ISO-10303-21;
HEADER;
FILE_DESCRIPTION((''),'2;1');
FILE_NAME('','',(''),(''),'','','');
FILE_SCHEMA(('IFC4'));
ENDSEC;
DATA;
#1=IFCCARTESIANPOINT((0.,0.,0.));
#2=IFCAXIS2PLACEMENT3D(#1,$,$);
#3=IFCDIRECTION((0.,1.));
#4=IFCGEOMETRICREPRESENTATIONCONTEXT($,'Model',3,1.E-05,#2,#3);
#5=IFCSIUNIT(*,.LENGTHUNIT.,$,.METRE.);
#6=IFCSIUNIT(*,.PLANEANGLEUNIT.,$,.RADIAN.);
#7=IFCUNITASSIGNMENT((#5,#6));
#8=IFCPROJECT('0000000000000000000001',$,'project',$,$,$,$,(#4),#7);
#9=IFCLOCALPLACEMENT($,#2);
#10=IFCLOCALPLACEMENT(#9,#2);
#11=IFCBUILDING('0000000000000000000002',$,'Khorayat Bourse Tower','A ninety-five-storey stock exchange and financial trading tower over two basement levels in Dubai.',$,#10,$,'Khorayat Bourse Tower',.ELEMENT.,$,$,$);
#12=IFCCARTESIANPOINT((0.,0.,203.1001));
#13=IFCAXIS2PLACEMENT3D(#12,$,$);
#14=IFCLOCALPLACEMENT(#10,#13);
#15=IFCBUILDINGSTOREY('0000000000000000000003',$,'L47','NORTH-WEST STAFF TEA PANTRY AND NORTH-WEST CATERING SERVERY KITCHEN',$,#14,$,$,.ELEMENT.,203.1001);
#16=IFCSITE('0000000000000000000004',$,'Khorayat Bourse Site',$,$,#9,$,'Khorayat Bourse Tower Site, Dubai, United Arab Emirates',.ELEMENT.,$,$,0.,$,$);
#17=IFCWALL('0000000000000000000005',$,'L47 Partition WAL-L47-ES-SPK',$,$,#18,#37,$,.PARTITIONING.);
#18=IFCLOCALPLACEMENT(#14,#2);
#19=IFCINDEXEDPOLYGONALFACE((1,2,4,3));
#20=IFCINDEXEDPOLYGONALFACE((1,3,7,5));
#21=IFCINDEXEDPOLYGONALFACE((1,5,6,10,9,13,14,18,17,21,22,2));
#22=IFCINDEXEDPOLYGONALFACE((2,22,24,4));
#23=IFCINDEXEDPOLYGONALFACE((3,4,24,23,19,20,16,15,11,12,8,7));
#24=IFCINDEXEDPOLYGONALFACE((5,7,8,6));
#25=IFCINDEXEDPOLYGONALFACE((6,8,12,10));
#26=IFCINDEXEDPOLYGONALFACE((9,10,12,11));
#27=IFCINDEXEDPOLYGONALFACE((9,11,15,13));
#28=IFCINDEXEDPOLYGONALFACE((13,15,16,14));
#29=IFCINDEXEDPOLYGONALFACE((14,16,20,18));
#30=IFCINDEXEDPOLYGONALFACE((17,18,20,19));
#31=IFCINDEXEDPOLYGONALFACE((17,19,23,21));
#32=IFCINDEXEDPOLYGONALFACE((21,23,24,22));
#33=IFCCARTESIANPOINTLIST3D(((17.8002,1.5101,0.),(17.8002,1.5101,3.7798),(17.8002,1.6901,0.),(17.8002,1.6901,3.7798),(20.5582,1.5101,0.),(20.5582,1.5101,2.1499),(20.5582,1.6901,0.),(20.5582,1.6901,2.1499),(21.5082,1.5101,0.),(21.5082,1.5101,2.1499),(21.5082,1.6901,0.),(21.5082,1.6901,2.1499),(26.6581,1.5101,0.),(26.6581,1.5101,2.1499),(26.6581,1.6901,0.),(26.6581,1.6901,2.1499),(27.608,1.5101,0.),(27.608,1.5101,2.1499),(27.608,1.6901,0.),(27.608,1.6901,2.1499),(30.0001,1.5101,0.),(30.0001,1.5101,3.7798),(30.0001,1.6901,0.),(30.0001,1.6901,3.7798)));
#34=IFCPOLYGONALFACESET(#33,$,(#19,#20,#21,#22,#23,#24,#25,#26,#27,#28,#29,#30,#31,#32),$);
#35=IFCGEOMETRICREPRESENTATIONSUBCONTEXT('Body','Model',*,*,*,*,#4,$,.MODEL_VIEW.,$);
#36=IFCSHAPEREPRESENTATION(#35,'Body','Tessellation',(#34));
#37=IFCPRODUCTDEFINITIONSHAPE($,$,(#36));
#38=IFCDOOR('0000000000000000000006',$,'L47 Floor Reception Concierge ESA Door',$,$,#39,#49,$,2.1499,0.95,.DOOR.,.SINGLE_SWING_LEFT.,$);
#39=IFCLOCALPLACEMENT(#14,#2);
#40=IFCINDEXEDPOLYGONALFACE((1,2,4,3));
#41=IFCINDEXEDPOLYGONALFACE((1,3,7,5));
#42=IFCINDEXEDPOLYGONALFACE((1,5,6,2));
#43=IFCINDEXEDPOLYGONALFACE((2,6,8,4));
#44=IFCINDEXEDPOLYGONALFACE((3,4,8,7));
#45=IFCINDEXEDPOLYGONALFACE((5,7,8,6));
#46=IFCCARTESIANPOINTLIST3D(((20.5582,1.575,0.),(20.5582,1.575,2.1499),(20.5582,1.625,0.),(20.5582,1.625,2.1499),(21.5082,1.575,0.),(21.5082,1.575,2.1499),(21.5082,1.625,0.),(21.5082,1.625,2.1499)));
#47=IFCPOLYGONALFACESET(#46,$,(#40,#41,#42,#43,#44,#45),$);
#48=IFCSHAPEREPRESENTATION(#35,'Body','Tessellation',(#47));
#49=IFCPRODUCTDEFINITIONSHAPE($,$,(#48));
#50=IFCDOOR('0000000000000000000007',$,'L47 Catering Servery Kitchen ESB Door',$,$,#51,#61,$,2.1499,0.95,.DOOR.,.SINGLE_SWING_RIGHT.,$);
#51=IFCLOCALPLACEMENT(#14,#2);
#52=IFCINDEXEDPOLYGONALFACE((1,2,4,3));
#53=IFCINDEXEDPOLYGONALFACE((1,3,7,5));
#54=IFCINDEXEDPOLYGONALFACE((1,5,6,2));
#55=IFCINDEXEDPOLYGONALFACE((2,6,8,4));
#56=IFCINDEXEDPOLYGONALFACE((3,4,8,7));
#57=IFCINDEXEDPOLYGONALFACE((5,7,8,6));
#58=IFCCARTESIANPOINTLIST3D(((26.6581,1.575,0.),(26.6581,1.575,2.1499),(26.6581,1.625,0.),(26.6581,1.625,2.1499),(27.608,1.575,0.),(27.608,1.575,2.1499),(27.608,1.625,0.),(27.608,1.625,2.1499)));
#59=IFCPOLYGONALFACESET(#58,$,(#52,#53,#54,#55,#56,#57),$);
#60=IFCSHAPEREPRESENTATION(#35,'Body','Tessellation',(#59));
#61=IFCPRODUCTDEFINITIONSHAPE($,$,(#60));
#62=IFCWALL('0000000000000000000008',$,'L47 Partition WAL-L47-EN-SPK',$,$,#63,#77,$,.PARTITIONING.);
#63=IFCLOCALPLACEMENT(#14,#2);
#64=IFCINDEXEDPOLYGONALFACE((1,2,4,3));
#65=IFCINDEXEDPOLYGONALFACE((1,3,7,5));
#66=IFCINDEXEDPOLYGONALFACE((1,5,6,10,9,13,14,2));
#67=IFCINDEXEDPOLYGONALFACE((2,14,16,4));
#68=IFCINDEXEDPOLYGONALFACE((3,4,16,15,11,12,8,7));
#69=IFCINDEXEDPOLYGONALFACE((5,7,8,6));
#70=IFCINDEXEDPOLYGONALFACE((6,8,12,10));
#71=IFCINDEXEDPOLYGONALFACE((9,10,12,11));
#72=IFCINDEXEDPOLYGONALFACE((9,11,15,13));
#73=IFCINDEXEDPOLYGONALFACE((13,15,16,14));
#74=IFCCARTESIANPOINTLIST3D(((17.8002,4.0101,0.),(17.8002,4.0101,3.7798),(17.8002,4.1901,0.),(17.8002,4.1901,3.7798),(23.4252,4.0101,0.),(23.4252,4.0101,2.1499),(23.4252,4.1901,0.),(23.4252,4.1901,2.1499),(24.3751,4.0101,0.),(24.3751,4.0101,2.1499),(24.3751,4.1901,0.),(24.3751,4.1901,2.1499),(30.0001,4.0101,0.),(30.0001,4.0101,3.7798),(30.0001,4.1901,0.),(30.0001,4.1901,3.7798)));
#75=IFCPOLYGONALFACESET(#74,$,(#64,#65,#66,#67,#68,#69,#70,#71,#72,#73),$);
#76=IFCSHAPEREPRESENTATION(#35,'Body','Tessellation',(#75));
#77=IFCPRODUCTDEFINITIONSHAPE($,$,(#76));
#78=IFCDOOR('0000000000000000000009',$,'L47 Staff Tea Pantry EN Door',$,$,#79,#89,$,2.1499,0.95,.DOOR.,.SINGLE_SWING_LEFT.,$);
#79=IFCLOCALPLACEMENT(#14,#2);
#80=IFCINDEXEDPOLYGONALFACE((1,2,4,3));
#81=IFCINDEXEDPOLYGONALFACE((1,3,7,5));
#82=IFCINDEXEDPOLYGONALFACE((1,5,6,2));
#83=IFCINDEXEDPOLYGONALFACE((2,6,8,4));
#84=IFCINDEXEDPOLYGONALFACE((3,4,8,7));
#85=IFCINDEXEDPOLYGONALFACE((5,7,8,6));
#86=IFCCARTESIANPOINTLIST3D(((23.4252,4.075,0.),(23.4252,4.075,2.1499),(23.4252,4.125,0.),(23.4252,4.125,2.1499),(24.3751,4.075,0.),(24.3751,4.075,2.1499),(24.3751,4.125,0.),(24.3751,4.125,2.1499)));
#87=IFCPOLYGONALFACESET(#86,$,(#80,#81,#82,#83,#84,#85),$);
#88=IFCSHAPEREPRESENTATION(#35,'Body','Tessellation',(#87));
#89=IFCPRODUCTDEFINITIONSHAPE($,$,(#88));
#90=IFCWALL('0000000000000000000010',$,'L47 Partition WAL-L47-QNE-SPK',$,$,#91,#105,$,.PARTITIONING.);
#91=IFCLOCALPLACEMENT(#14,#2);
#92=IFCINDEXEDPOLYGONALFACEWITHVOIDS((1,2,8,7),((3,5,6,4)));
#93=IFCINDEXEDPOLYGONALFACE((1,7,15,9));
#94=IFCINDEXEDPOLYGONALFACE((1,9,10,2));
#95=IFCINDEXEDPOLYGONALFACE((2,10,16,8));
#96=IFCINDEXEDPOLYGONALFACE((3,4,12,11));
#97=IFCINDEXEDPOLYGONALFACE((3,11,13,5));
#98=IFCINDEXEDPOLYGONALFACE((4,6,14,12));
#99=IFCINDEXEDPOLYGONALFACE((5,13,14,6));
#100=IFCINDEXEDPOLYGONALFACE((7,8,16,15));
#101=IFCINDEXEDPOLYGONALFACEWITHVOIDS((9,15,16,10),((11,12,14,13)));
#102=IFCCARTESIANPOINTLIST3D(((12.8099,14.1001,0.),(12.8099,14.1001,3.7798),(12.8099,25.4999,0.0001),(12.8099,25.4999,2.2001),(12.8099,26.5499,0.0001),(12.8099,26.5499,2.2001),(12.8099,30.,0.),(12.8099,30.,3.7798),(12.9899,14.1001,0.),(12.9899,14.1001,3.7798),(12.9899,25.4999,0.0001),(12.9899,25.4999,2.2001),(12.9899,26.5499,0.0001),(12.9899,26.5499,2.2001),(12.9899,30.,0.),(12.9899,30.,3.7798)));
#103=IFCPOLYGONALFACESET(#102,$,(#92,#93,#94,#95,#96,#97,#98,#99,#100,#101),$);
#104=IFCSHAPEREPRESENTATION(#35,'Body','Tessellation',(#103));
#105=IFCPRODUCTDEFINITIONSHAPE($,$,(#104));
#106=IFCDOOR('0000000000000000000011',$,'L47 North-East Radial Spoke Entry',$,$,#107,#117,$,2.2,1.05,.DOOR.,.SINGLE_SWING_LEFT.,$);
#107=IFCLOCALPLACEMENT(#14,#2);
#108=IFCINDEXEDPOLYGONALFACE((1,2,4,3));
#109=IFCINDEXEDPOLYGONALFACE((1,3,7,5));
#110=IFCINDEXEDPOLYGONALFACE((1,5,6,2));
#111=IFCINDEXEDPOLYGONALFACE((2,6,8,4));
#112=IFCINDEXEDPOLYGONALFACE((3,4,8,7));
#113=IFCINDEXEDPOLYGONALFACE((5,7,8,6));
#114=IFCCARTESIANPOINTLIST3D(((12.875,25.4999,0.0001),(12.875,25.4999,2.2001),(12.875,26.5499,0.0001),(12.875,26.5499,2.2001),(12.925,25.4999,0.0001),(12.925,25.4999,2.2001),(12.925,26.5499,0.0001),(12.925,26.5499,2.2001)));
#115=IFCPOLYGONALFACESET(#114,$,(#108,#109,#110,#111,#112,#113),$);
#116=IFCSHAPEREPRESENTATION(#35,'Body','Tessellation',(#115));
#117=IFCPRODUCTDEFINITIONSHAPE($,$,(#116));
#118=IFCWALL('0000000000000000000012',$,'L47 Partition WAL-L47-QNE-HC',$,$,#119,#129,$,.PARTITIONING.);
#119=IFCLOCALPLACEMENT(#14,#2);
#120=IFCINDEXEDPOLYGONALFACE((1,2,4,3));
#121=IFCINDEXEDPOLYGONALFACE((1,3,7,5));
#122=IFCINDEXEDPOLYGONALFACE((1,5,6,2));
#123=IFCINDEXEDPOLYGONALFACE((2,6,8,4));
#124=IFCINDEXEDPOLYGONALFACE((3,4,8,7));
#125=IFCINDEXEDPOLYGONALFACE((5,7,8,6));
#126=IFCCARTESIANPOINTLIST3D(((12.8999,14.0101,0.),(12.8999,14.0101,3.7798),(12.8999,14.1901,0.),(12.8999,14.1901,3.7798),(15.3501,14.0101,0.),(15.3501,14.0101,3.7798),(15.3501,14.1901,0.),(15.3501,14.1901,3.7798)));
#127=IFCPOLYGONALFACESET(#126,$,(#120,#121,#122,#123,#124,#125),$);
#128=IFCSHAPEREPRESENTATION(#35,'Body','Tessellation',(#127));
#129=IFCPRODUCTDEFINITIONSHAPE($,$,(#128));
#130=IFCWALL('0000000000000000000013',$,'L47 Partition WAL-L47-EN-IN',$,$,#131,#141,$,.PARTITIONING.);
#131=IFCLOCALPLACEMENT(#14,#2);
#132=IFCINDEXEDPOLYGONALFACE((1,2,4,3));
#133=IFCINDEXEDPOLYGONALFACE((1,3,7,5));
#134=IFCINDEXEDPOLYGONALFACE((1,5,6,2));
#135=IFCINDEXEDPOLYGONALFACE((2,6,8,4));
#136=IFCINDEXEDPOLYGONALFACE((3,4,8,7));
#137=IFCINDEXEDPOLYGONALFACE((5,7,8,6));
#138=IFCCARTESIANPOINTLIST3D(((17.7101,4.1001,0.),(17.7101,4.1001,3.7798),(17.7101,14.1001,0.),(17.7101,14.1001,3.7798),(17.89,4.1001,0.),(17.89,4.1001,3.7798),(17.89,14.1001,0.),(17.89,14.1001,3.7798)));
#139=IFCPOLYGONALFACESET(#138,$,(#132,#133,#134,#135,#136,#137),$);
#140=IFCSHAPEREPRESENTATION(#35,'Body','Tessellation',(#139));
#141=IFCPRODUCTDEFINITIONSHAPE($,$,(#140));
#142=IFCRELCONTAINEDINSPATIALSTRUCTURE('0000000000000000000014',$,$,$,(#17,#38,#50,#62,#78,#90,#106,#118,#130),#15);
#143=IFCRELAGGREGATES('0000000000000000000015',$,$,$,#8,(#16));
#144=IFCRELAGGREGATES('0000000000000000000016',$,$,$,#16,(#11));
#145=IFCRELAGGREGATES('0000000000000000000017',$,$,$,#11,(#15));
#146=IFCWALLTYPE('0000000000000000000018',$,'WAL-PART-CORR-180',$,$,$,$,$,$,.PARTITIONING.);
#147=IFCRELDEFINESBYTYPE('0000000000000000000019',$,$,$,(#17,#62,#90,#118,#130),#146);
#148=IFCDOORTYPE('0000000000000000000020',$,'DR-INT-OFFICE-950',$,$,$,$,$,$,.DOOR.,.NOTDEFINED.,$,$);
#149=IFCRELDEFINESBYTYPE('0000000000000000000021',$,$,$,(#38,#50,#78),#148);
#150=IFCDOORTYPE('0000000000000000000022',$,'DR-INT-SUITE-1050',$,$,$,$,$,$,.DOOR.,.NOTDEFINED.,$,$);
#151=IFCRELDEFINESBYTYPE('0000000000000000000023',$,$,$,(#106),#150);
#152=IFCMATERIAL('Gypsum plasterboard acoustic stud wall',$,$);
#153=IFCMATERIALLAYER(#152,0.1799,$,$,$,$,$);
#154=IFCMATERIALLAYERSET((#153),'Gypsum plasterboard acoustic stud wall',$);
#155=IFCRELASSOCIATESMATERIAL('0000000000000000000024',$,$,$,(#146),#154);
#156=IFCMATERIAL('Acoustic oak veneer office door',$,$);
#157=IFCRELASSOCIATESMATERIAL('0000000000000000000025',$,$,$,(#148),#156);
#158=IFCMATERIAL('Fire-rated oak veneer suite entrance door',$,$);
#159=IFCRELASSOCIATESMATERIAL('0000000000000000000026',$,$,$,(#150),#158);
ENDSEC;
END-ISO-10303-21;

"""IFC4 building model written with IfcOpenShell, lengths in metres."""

from ifc_helpers import new_model, si_unit, direction, frame, frame_2d, origin, place, context, subcontext, project, spatial, rectangle, extrude, source, transform, mapped, material, layer, layer_set, type_object, element, fill, save


model = new_model("IFC4")

# Units and contexts
model_context = context("Model", 3, precision=1e-05, world=origin(), true_north=direction((0.0, 1.0)))
body_context = subcontext(model_context, "Body", "Model", "MODEL_VIEW")
ifc_project = project(units=[si_unit("LENGTHUNIT", "METRE"), si_unit("PLANEANGLEUNIT", "RADIAN")], contexts=[model_context])

# Site, building, storey
site_placement = place(None, origin())
site = spatial("IfcSite", under=ifc_project, at=site_placement, Name="Khorayat Bourse Site", LongName="Khorayat Bourse Tower Site, Dubai, United Arab Emirates", CompositionType="ELEMENT", RefElevation=0.0)
building_placement = place(site_placement, origin())
building = spatial("IfcBuilding", under=site, at=building_placement, Name="Khorayat Bourse Tower", Description="A ninety-five-storey stock exchange and financial trading tower over two basement levels in Dubai.", LongName="Khorayat Bourse Tower", CompositionType="ELEMENT")
storey_placement = place(building_placement, frame((0.0, 0.0, 203.1001)))
storey = spatial("IfcBuildingStorey", under=building, at=storey_placement, Name="L47", Description="NORTH-WEST STAFF TEA PANTRY AND NORTH-WEST CATERING SERVERY KITCHEN", CompositionType="ELEMENT", Elevation=203.1001)

# Wall, openings, doors
ifc_material_1 = material(Name="Gypsum plasterboard acoustic stud wall")
ifc_layer_1 = layer(ifc_material_1, 0.1799)
ifc_layer_set_1 = layer_set([ifc_layer_1], Name="Gypsum plasterboard acoustic stud wall")
wall_type = type_object("IfcWallType", Name="WAL-PART-CORR-180", PredefinedType="PARTITIONING", material=ifc_layer_set_1)
shared_shape_1 = source(origin(), body_context, "Body", "SweptSolid", [
    extrude(rectangle(XDim=12.2, YDim=0.1799, at=frame_2d((6.1001, 0.0))), origin(), (0.0, 0.0, 1.0), 3.7798),
])
wall_1_placement = place(storey_placement, frame((17.8, 1.6001, 0.0), z_axis=(0.0, 0.0, 1.0), x_axis=(1.0, 0.0, 0.0)))
wall_1 = element("IfcWall", 1, at=wall_1_placement, inside=storey, type_object=wall_type, Name="L47 Partition WAL-L47-ES-SPK", PredefinedType="PARTITIONING", context=body_context, shape_type="MappedRepresentation", body=[
    mapped(shared_shape_1, transform((0.0, 0.0, 0.0), scale=1.0)),
])
shared_shape_2 = source(origin(), body_context, "Body", "SweptSolid", [
    extrude(rectangle(XDim=0.95, YDim=2.1499, at=frame_2d((0.4751, 1.075))), frame((0.0, 0.0999, 0.0), z_axis=(0.0, -1.0, 0.0), x_axis=(1.0, 0.0, 0.0)), (0.0, 0.0, 1.0), 0.2),
])
opening_1_placement = place(wall_1_placement, frame((2.7581, 0.0, 0.0)))
opening_1 = element("IfcOpeningElement", 2, at=opening_1_placement, cuts=wall_1, PredefinedType="OPENING", context=body_context, shape_type="MappedRepresentation", body=[
    mapped(shared_shape_2, transform((0.0, 0.0, 0.0), scale=1.0)),
])
opening_2_placement = place(wall_1_placement, frame((8.8579, 0.0, 0.0)))
opening_2 = element("IfcOpeningElement", 3, at=opening_2_placement, cuts=wall_1, PredefinedType="OPENING", context=body_context, shape_type="MappedRepresentation", body=[
    mapped(shared_shape_2, transform((0.0, 0.0, 0.0), scale=1.0)),
])
ifc_material_2 = material(Name="Acoustic oak veneer office door")
door_type_1 = type_object("IfcDoorType", Name="DR-INT-OFFICE-950", OperationType="NOTDEFINED", PredefinedType="DOOR", material=ifc_material_2)
shared_shape_3 = source(origin(), body_context, "Body", "SweptSolid", [
    extrude(rectangle(XDim=0.95, YDim=2.1499, at=frame_2d((0.4751, 1.075))), frame((0.0, 0.0249, 0.0), z_axis=(0.0, -1.0, 0.0), x_axis=(1.0, 0.0, 0.0)), (0.0, 0.0, 1.0), 0.05),
])
door_1_placement = place(opening_1_placement, origin())
door_1 = element("IfcDoor", 4, at=door_1_placement, inside=storey, type_object=door_type_1, Name="L47 Floor Reception Concierge ESA Door", OperationType="SINGLE_SWING_LEFT", OverallHeight=2.1499, OverallWidth=0.95, PredefinedType="DOOR", context=body_context, shape_type="MappedRepresentation", body=[
    mapped(shared_shape_3, transform((0.0, 0.0, 0.0), scale=1.0)),
])
fill(opening_1, door_1)
door_2_placement = place(opening_2_placement, origin())
door_2 = element("IfcDoor", 5, at=door_2_placement, inside=storey, type_object=door_type_1, Name="L47 Catering Servery Kitchen ESB Door", OperationType="SINGLE_SWING_RIGHT", OverallHeight=2.1499, OverallWidth=0.95, PredefinedType="DOOR", context=body_context, shape_type="MappedRepresentation", body=[
    mapped(shared_shape_3, transform((0.0, 0.0, 0.0), scale=1.0)),
])
fill(opening_2, door_2)

# Walls, openings, doors
wall_2_placement = place(storey_placement, frame((17.8, 4.1001, 0.0), z_axis=(0.0, 0.0, 1.0), x_axis=(1.0, 0.0, 0.0)))
wall_2 = element("IfcWall", 6, at=wall_2_placement, inside=storey, type_object=wall_type, Name="L47 Partition WAL-L47-EN-SPK", PredefinedType="PARTITIONING", context=body_context, shape_type="MappedRepresentation", body=[
    mapped(shared_shape_1, transform((0.0, 0.0, 0.0), scale=1.0)),
])
opening_3_placement = place(wall_2_placement, frame((5.625, 0.0, 0.0)))
opening_3 = element("IfcOpeningElement", 7, at=opening_3_placement, cuts=wall_2, PredefinedType="OPENING", context=body_context, shape_type="MappedRepresentation", body=[
    mapped(shared_shape_2, transform((0.0, 0.0, 0.0), scale=1.0)),
])
door_3_placement = place(opening_3_placement, origin())
door_3 = element("IfcDoor", 8, at=door_3_placement, inside=storey, type_object=door_type_1, Name="L47 Staff Tea Pantry EN Door", OperationType="SINGLE_SWING_LEFT", OverallHeight=2.1499, OverallWidth=0.95, PredefinedType="DOOR", context=body_context, shape_type="MappedRepresentation", body=[
    mapped(shared_shape_3, transform((0.0, 0.0, 0.0), scale=1.0)),
])
fill(opening_3, door_3)
shared_shape_4 = source(origin(), body_context, "Body", "SweptSolid", [
    extrude(rectangle(XDim=15.8999, YDim=0.1799, at=frame_2d((7.95, 0.0))), origin(), (0.0, 0.0, 1.0), 3.7798),
])
wall_3_placement = place(storey_placement, frame((12.8999, 14.1001, 0.0), z_axis=(0.0, 0.0, 1.0), x_axis=(0.0, 1.0, 0.0)))
wall_3 = element("IfcWall", 9, at=wall_3_placement, inside=storey, type_object=wall_type, Name="L47 Partition WAL-L47-QNE-SPK", PredefinedType="PARTITIONING", context=body_context, shape_type="MappedRepresentation", body=[
    mapped(shared_shape_4, transform((0.0, 0.0, 0.0), scale=1.0)),
])
shared_shape_5 = source(origin(), body_context, "Body", "SweptSolid", [
    extrude(rectangle(XDim=1.05, YDim=2.2, at=frame_2d((0.5249, 1.1001))), frame((0.0, 0.0999, 0.0), z_axis=(0.0, -1.0, 0.0), x_axis=(1.0, 0.0, 0.0)), (0.0, 0.0, 1.0), 0.2),
])
opening_4_placement = place(wall_3_placement, frame((11.3999, 0.0, 0.0)))
opening_4 = element("IfcOpeningElement", 10, at=opening_4_placement, cuts=wall_3, PredefinedType="OPENING", context=body_context, shape_type="MappedRepresentation", body=[
    mapped(shared_shape_5, transform((0.0, 0.0, 0.0), scale=1.0)),
])
ifc_material_3 = material(Name="Fire-rated oak veneer suite entrance door")
door_type_2 = type_object("IfcDoorType", Name="DR-INT-SUITE-1050", OperationType="NOTDEFINED", PredefinedType="DOOR", material=ifc_material_3)
shared_shape_6 = source(origin(), body_context, "Body", "SweptSolid", [
    extrude(rectangle(XDim=1.05, YDim=2.2, at=frame_2d((0.5249, 1.1001))), frame((0.0, 0.0249, 0.0), z_axis=(0.0, -1.0, 0.0), x_axis=(1.0, 0.0, 0.0)), (0.0, 0.0, 1.0), 0.05),
])
door_4_placement = place(opening_4_placement, origin())
door_4 = element("IfcDoor", 11, at=door_4_placement, inside=storey, type_object=door_type_2, Name="L47 North-East Radial Spoke Entry", OperationType="SINGLE_SWING_LEFT", OverallHeight=2.2, OverallWidth=1.05, PredefinedType="DOOR", context=body_context, shape_type="MappedRepresentation", body=[
    mapped(shared_shape_6, transform((0.0, 0.0, 0.0), scale=1.0)),
])
fill(opening_4, door_4)

# Walls
shared_shape_7 = source(origin(), body_context, "Body", "SweptSolid", [
    extrude(rectangle(XDim=2.4502, YDim=0.1799, at=frame_2d((1.2251, 0.0))), origin(), (0.0, 0.0, 1.0), 3.7798),
])
wall_4_placement = place(storey_placement, frame((12.8999, 14.1001, 0.0), z_axis=(0.0, 0.0, 1.0), x_axis=(1.0, 0.0, 0.0)))
element("IfcWall", 12, at=wall_4_placement, inside=storey, type_object=wall_type, Name="L47 Partition WAL-L47-QNE-HC", PredefinedType="PARTITIONING", context=body_context, shape_type="MappedRepresentation", body=[
    mapped(shared_shape_7, transform((0.0, 0.0, 0.0), scale=1.0)),
])
shared_shape_8 = source(origin(), body_context, "Body", "SweptSolid", [
    extrude(rectangle(XDim=10.0, YDim=0.1799, at=frame_2d((5.0, 0.0))), origin(), (0.0, 0.0, 1.0), 3.7798),
])
wall_5_placement = place(storey_placement, frame((17.8, 4.1001, 0.0), z_axis=(0.0, 0.0, 1.0), x_axis=(0.0, 1.0, 0.0)))
element("IfcWall", 13, at=wall_5_placement, inside=storey, type_object=wall_type, Name="L47 Partition WAL-L47-EN-IN", PredefinedType="PARTITIONING", context=body_context, shape_type="MappedRepresentation", body=[
    mapped(shared_shape_8, transform((0.0, 0.0, 0.0), scale=1.0)),
])

save(model, "model.ifc")
